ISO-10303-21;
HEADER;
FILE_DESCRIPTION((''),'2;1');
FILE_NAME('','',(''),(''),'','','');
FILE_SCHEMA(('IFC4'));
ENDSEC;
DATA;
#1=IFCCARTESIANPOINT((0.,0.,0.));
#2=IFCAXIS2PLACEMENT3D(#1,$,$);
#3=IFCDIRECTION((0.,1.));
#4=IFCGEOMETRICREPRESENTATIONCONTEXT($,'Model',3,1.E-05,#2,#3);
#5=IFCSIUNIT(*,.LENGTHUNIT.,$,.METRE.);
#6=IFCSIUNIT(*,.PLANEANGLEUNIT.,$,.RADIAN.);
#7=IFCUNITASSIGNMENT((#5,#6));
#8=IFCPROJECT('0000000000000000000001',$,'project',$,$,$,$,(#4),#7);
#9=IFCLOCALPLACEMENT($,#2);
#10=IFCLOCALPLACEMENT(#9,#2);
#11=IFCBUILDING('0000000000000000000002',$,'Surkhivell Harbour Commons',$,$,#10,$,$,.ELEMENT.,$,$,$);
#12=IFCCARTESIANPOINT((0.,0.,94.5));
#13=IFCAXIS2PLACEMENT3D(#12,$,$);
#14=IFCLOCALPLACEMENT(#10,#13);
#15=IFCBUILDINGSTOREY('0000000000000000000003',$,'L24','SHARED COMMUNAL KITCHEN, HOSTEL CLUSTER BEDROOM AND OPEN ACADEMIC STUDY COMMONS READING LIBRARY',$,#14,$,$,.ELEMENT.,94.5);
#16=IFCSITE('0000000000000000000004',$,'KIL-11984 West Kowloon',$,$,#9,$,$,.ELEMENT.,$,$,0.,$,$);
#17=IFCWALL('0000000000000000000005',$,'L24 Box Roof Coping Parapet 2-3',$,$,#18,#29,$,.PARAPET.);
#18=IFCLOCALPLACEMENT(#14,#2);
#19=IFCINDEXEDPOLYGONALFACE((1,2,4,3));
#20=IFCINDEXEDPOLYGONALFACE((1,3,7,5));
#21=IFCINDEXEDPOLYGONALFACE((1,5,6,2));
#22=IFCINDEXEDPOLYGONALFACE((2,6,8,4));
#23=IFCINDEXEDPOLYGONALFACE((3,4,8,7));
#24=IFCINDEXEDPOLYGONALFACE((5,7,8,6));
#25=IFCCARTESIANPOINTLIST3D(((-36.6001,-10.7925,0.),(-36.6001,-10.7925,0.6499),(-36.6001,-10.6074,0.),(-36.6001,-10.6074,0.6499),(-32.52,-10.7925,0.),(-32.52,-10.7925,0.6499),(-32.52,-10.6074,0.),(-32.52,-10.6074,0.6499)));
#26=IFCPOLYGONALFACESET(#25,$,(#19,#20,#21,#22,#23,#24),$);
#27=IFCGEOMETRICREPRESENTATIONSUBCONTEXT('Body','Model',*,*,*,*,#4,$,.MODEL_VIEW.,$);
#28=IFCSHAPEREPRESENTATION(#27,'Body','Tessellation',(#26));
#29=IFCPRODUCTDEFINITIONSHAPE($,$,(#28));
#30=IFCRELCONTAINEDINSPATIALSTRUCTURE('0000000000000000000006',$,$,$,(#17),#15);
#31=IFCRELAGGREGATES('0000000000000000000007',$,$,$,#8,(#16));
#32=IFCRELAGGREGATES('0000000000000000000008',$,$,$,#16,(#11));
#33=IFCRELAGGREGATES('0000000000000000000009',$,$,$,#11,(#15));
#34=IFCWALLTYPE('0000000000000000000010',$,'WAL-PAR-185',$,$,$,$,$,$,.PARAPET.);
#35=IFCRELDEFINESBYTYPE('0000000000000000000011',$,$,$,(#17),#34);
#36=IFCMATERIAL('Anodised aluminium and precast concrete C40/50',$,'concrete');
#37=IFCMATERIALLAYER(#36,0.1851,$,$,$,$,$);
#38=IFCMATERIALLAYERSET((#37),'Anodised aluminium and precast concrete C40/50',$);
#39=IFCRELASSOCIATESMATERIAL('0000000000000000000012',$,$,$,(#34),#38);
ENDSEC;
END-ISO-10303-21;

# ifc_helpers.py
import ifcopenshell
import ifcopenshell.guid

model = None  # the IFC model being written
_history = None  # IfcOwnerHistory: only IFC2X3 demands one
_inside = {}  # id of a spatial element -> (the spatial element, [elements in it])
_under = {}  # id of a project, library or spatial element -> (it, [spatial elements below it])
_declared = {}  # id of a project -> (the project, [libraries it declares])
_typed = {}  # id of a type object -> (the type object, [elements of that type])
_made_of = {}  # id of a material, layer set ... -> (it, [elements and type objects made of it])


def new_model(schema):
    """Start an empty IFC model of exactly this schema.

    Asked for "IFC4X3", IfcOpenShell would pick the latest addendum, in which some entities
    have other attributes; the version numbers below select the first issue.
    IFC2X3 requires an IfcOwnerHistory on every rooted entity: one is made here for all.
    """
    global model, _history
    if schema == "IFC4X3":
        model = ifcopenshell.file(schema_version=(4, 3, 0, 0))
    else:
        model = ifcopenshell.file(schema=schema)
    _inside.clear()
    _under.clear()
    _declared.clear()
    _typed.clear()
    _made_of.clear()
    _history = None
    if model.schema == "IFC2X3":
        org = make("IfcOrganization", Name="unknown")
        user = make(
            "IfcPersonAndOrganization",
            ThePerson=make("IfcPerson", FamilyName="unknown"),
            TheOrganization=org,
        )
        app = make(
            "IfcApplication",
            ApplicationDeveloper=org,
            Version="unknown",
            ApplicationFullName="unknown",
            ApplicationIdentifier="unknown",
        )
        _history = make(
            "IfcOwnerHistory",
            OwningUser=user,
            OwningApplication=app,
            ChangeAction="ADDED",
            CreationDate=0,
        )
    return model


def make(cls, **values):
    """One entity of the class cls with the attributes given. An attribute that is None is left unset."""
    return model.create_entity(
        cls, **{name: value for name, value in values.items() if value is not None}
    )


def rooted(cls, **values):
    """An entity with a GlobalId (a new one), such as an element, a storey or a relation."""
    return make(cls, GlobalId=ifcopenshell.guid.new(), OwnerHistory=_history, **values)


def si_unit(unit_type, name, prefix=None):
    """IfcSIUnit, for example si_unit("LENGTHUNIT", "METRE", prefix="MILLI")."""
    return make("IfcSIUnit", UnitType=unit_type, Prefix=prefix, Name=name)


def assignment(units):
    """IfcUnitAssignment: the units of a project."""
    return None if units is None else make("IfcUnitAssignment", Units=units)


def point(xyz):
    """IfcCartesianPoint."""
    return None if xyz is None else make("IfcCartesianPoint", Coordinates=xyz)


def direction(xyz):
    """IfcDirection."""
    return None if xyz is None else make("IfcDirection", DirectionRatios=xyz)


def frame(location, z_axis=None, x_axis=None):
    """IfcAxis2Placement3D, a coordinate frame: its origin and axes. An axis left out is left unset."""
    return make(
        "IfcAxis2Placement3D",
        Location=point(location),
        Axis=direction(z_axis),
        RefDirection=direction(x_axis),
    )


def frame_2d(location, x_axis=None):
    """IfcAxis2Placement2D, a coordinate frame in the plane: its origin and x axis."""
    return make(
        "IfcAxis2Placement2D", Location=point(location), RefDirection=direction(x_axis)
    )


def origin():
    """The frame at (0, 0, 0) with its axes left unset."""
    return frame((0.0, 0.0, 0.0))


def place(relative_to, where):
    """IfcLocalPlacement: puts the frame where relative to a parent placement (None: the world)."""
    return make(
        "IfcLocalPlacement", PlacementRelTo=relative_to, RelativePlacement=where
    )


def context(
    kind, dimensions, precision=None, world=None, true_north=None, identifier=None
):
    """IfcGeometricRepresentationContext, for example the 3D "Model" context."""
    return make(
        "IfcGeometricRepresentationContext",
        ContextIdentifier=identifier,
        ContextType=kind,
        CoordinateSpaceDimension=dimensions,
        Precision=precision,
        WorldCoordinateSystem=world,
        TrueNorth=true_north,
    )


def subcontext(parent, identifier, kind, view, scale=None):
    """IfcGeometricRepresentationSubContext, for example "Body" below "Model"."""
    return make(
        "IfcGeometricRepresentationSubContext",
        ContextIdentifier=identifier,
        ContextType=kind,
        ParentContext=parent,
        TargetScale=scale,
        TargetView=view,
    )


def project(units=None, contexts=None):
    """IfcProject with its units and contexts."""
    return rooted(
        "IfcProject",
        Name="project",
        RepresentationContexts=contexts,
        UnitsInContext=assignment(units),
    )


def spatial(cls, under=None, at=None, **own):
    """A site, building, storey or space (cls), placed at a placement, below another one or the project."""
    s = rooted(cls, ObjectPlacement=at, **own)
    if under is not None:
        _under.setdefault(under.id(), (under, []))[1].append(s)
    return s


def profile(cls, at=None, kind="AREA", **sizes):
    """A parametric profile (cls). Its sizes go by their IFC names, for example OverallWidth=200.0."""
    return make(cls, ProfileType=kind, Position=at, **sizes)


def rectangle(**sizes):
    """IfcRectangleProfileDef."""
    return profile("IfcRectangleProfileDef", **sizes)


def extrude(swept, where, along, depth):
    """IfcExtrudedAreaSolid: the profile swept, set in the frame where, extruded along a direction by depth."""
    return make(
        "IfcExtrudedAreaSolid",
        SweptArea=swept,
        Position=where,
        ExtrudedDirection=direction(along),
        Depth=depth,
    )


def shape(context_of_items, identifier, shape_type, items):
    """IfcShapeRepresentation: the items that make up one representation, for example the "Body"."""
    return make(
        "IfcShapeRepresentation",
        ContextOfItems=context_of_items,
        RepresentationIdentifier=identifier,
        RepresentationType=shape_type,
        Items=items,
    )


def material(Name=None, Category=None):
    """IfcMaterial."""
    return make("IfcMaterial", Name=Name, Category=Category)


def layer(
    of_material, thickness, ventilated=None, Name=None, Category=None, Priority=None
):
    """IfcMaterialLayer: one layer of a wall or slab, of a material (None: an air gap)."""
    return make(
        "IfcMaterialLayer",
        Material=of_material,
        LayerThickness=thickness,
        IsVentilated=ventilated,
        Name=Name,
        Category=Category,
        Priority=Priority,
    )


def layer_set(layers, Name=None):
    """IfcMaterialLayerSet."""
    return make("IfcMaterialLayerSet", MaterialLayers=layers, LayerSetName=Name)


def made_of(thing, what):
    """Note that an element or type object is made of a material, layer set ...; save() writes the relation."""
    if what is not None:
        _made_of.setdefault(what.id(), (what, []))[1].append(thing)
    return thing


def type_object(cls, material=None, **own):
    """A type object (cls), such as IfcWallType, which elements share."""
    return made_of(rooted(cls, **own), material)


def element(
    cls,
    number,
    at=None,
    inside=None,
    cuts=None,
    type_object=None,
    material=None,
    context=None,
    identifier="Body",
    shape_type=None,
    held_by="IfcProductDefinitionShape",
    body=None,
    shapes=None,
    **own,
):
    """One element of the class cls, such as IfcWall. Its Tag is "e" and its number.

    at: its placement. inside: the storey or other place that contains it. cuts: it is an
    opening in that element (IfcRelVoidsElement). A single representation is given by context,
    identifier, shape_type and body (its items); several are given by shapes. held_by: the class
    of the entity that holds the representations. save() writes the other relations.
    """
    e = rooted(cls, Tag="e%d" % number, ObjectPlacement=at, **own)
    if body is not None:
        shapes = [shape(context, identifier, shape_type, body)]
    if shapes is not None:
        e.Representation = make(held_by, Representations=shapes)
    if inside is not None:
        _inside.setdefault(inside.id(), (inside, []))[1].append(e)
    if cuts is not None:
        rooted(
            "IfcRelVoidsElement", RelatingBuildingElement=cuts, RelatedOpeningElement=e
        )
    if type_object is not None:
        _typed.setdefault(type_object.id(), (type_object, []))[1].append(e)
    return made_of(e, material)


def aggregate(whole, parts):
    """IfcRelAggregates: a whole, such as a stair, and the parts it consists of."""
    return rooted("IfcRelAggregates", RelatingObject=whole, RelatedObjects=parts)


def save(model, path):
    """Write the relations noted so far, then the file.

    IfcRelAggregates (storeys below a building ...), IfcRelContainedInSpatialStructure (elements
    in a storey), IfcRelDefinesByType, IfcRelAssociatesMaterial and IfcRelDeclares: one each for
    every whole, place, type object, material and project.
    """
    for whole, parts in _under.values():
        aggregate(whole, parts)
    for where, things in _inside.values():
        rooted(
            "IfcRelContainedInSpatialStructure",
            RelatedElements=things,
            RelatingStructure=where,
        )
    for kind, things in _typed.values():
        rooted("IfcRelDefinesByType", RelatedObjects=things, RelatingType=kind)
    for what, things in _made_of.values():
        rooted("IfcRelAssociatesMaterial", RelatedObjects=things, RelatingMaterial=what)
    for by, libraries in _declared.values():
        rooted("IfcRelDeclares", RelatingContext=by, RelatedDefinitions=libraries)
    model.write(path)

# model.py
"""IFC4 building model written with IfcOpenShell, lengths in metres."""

from ifc_helpers import new_model, si_unit, direction, frame, frame_2d, origin, place, context, subcontext, project, spatial, rectangle, extrude, material, layer, layer_set, type_object, element, save


model = new_model("IFC4")

# Units and contexts
model_context = context("Model", 3, precision=1e-05, world=origin(), true_north=direction((0.0, 1.0)))
body_context = subcontext(model_context, "Body", "Model", "MODEL_VIEW")
ifc_project = project(units=[si_unit("LENGTHUNIT", "METRE"), si_unit("PLANEANGLEUNIT", "RADIAN")], contexts=[model_context])

# Site, building, storey
site_placement = place(None, origin())
site = spatial("IfcSite", under=ifc_project, at=site_placement, Name="KIL-11984 West Kowloon", CompositionType="ELEMENT", RefElevation=0.0)
building_placement = place(site_placement, origin())
building = spatial("IfcBuilding", under=site, at=building_placement, Name="Surkhivell Harbour Commons", CompositionType="ELEMENT")
storey_placement = place(building_placement, frame((0.0, 0.0, 94.5)))
storey = spatial("IfcBuildingStorey", under=building, at=storey_placement, Name="L24", Description="SHARED COMMUNAL KITCHEN, HOSTEL CLUSTER BEDROOM AND OPEN ACADEMIC STUDY COMMONS READING LIBRARY", CompositionType="ELEMENT", Elevation=94.5)

# Wall
ifc_material_1 = material(Name="Anodised aluminium and precast concrete C40/50", Category="concrete")
ifc_layer_1 = layer(ifc_material_1, 0.1851)
ifc_layer_set_1 = layer_set([ifc_layer_1], Name="Anodised aluminium and precast concrete C40/50")
wall_type_1 = type_object("IfcWallType", Name="WAL-PAR-185", PredefinedType="PARAPET", material=ifc_layer_set_1)
wall_1_placement = place(storey_placement, frame((-36.6001, -10.7, 0.0), z_axis=(0.0, 0.0, 1.0), x_axis=(1.0, 0.0, 0.0)))
element("IfcWall", 1, at=wall_1_placement, inside=storey, type_object=wall_type_1, Name="L24 Box Roof Coping Parapet 2-3", PredefinedType="PARAPET", context=body_context, shape_type="SweptSolid", body=[
    extrude(rectangle(XDim=4.0801, YDim=0.1851, at=frame_2d((2.04, 0.0))), origin(), (0.0, 0.0, 1.0), 0.6499),
])

save(model, "model.ifc")
